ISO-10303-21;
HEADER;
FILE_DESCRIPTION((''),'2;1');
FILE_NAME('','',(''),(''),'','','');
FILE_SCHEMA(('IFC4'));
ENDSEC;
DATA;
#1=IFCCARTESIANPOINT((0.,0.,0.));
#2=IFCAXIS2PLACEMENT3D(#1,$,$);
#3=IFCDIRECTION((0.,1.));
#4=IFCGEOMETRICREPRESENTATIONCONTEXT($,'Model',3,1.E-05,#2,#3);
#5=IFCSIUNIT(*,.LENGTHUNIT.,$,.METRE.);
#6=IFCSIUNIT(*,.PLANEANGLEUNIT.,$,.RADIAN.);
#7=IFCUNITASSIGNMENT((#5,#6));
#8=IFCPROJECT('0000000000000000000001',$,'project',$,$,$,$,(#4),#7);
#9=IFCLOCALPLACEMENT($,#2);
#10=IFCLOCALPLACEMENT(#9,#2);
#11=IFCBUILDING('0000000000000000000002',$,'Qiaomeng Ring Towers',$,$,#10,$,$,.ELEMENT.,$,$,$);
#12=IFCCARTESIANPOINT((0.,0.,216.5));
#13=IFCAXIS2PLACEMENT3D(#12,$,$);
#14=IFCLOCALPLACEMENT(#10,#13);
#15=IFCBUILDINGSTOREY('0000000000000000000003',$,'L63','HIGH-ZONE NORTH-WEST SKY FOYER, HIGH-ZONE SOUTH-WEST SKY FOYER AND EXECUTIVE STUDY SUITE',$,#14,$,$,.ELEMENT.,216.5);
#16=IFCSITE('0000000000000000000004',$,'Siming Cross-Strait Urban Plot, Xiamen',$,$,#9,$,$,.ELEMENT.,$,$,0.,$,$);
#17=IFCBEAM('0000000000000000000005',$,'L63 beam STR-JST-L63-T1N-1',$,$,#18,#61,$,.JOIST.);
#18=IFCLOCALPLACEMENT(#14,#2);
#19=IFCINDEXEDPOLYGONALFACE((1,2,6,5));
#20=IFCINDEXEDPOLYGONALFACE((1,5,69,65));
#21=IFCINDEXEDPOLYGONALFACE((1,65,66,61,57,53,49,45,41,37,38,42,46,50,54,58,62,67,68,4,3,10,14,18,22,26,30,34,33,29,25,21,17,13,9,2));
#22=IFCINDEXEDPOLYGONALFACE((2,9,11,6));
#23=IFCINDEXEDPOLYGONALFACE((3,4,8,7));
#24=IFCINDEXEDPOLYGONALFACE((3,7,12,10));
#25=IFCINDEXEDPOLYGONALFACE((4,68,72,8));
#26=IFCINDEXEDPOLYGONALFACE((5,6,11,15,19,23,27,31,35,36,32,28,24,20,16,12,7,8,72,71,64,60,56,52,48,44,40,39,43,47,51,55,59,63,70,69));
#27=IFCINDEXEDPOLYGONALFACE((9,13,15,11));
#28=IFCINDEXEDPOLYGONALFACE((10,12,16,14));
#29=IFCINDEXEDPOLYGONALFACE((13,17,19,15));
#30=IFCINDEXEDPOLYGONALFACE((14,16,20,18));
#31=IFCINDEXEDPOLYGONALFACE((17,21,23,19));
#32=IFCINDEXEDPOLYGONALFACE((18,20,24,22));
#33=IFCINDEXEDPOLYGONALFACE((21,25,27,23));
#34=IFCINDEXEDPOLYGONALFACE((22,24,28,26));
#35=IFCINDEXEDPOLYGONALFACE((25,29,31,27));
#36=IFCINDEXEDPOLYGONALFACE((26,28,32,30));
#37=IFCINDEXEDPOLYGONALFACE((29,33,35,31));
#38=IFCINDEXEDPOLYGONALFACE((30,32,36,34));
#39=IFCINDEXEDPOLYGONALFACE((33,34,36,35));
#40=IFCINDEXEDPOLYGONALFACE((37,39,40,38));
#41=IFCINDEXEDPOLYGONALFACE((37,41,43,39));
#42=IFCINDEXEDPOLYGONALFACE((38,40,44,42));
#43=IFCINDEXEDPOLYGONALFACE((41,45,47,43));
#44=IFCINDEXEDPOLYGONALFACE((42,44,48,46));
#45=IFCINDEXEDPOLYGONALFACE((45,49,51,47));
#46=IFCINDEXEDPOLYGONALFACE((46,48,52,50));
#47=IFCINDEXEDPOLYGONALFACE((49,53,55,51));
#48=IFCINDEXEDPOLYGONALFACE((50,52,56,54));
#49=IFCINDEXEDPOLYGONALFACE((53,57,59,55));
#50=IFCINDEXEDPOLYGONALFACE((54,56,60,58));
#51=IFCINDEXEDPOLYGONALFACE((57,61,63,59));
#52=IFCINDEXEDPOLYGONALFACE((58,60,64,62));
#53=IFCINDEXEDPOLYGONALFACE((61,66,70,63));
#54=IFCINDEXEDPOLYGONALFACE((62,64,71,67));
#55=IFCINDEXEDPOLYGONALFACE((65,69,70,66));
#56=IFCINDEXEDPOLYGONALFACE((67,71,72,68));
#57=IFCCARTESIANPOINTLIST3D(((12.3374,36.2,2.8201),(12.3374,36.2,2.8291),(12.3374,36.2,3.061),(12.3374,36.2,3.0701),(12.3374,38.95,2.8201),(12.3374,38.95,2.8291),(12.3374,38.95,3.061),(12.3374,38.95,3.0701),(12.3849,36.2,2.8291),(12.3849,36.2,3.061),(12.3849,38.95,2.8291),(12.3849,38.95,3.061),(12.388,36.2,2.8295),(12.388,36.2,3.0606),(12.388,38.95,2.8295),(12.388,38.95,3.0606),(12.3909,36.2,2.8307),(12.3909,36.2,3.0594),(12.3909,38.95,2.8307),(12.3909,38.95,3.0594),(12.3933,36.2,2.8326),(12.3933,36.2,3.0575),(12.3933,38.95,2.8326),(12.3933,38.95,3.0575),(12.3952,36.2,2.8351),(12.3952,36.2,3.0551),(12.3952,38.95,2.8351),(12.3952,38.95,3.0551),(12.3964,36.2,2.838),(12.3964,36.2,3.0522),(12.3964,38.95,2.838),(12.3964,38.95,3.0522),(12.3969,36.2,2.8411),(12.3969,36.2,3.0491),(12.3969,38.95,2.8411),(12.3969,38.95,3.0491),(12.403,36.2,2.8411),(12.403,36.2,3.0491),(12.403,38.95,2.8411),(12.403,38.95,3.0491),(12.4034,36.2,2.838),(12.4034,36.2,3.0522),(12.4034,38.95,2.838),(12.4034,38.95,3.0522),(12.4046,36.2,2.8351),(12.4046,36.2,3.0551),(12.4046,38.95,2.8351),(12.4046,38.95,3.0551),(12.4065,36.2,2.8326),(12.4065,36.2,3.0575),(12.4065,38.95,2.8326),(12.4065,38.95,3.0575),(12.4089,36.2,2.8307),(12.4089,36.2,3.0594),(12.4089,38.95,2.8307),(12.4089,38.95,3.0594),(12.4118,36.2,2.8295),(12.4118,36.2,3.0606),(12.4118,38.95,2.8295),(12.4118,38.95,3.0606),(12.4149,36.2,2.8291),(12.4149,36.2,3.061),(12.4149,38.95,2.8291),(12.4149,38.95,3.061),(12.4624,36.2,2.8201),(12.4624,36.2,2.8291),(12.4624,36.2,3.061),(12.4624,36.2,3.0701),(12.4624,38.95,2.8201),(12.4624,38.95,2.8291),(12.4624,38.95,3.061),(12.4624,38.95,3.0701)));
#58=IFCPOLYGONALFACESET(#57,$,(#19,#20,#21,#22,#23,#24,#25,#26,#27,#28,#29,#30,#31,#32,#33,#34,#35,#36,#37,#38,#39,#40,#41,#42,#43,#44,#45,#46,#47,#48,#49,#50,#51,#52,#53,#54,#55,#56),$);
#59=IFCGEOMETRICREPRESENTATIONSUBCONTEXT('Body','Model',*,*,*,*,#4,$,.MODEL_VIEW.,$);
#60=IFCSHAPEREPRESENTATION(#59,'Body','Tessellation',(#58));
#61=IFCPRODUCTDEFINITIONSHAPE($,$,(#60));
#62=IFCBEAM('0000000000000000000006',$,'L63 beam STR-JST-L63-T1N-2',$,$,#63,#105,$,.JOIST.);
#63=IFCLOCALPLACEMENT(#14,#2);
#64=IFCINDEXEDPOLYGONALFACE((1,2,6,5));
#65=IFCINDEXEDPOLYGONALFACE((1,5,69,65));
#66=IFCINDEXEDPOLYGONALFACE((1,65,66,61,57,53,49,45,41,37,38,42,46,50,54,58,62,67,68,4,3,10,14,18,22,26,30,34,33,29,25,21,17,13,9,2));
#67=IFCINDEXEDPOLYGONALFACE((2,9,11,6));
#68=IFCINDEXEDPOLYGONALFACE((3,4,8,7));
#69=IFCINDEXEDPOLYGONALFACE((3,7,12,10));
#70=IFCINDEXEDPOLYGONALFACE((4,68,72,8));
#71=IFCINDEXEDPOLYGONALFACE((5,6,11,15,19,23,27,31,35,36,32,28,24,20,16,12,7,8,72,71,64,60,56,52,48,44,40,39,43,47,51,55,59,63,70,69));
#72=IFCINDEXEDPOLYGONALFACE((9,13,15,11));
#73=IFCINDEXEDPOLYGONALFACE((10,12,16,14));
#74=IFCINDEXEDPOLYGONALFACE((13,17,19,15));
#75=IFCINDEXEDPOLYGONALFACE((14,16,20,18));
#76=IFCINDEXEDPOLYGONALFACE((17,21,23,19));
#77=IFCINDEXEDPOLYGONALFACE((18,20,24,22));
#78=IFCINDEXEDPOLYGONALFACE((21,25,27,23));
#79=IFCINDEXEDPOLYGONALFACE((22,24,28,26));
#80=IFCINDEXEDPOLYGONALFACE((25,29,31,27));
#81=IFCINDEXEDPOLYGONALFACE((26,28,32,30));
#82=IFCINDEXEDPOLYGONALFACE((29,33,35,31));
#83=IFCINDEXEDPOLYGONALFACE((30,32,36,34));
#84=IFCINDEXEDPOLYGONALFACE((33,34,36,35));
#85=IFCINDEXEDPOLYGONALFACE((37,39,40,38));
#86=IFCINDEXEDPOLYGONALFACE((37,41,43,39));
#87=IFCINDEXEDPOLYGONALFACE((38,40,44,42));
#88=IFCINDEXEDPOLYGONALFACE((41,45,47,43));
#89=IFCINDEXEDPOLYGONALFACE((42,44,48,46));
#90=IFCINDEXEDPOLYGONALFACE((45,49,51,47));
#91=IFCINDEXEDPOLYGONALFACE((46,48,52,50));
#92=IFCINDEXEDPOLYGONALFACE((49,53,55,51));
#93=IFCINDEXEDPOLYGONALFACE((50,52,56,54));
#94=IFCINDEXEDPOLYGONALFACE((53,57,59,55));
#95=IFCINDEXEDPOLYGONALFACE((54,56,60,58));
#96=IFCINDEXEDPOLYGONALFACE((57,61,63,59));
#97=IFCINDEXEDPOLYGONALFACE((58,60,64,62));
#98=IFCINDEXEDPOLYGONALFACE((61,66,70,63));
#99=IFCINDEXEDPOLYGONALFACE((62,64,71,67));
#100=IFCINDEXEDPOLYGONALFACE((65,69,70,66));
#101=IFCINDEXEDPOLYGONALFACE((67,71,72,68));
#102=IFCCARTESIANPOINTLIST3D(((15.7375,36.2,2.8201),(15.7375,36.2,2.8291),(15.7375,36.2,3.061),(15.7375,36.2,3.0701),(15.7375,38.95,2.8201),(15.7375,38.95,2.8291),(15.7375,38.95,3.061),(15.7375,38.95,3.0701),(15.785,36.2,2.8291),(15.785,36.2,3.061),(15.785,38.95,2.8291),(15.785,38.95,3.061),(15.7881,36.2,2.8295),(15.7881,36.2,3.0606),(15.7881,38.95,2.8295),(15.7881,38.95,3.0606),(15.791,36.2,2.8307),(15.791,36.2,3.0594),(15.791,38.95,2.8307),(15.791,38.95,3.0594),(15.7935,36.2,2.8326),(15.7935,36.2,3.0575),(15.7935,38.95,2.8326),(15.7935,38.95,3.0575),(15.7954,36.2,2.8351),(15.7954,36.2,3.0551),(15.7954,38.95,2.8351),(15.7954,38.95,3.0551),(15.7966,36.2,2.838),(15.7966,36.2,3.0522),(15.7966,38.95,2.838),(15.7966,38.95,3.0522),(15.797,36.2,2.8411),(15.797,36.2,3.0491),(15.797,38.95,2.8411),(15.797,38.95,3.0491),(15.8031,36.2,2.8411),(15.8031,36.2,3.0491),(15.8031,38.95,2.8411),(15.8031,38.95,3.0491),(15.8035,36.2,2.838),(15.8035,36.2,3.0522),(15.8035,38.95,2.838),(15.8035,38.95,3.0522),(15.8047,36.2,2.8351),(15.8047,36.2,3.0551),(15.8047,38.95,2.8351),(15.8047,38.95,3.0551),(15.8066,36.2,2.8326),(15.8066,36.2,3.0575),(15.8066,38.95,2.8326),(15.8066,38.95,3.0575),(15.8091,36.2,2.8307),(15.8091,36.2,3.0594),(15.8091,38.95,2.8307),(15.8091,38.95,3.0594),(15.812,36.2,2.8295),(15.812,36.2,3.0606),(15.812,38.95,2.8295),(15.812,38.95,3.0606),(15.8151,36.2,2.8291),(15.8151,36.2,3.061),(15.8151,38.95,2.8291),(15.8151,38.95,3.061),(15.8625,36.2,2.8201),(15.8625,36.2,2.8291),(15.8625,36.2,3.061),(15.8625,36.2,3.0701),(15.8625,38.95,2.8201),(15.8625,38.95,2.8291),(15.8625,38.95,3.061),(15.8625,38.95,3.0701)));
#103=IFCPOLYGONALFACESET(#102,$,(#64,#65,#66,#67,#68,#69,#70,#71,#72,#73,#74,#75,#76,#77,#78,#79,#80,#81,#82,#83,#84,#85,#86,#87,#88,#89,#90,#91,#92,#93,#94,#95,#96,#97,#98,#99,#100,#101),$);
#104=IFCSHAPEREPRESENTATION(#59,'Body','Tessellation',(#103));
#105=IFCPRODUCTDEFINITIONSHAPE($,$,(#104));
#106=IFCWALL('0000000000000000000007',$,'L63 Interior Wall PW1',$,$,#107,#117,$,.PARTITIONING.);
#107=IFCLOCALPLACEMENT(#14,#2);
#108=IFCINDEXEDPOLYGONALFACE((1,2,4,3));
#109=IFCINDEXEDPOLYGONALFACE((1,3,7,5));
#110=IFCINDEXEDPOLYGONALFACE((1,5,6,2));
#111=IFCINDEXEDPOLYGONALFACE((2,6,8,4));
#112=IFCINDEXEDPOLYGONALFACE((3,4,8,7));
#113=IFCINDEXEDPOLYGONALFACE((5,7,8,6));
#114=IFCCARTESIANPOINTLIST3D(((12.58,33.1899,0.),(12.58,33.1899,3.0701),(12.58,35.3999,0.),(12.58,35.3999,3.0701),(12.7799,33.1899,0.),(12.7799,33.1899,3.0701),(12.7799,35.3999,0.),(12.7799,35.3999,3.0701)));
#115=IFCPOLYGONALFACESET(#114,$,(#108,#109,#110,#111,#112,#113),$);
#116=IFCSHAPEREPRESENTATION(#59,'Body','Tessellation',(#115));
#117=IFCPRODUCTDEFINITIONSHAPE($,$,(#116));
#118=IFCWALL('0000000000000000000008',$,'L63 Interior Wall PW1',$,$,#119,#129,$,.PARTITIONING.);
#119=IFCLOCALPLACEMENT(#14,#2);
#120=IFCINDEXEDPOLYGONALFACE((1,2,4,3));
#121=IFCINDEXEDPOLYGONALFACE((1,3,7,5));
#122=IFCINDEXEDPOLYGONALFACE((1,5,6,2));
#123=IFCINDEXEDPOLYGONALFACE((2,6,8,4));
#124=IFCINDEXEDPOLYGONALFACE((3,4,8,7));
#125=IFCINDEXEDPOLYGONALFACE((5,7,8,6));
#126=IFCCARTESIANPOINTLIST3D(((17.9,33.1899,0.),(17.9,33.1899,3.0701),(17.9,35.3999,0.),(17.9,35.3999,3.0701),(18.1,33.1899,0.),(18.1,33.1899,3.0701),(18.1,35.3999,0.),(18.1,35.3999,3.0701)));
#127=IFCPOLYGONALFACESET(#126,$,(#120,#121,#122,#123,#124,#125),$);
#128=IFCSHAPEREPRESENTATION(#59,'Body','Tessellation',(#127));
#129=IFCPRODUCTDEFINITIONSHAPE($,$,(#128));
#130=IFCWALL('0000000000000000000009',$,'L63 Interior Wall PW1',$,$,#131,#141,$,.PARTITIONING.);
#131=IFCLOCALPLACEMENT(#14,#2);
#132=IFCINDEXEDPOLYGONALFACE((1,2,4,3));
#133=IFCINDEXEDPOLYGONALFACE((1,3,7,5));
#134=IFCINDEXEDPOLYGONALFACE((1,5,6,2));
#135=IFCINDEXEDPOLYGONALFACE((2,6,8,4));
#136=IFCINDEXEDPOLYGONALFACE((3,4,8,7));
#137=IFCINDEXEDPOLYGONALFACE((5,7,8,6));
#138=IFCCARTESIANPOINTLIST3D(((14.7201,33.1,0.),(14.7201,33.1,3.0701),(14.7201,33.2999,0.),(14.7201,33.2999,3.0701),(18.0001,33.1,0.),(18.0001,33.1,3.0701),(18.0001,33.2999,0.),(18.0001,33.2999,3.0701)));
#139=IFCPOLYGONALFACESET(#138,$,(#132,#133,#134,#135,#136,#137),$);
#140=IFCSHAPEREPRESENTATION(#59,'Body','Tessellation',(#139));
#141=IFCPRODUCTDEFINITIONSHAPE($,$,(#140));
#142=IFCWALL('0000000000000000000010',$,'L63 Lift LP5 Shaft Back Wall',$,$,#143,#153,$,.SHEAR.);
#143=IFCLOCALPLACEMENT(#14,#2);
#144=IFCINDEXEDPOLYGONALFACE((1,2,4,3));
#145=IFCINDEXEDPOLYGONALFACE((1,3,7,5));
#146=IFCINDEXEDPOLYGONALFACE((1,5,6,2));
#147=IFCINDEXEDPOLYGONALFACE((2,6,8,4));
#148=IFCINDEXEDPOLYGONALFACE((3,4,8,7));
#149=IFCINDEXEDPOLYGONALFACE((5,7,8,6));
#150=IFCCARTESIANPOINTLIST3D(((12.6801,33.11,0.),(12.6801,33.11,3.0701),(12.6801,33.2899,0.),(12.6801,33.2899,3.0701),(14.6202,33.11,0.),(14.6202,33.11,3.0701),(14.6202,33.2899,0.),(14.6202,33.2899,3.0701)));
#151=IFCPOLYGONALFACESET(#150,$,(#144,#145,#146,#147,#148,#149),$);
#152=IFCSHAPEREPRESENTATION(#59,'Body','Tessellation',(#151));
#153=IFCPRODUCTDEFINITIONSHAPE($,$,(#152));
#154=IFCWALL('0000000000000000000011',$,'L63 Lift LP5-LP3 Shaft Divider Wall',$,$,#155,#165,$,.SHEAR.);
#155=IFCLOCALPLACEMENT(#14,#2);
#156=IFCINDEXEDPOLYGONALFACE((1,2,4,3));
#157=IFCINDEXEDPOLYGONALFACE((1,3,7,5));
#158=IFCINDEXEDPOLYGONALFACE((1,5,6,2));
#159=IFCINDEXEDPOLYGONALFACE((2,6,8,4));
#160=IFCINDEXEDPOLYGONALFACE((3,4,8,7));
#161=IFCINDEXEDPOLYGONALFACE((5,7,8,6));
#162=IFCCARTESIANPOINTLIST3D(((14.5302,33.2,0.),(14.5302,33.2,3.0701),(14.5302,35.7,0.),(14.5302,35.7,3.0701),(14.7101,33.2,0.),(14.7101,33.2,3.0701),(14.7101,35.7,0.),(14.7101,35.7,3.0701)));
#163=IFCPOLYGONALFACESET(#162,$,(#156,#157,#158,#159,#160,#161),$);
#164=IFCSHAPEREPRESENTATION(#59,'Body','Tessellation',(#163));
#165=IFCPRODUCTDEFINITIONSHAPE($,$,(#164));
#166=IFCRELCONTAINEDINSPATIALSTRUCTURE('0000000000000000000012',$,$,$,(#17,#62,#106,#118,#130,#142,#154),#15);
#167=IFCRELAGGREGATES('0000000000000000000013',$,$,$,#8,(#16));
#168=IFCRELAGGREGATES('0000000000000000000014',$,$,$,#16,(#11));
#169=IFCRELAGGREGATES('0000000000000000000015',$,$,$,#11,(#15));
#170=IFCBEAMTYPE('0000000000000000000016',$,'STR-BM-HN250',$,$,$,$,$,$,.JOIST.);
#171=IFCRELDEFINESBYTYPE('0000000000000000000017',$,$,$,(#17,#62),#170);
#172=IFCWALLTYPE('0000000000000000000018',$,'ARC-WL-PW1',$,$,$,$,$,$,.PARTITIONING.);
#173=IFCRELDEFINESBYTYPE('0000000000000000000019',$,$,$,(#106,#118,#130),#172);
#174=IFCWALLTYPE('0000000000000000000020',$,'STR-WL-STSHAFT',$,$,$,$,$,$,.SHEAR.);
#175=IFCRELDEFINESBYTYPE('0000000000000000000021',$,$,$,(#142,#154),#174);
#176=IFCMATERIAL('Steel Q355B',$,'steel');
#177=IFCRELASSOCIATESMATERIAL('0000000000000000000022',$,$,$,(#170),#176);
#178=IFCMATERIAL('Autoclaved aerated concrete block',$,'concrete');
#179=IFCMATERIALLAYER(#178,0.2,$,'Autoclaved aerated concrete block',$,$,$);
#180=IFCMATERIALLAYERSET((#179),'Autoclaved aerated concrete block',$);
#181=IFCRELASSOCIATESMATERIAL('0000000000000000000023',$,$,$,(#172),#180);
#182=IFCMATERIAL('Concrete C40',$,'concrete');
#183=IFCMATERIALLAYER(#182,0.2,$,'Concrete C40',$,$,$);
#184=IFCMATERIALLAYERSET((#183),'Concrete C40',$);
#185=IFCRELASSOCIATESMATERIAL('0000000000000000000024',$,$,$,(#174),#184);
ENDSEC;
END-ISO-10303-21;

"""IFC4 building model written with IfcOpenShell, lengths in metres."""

from ifc_helpers import new_model, si_unit, direction, frame, frame_2d, origin, origin_2d, place, context, subcontext, project, spatial, rectangle, i_section, extrude, source, transform, mapped, material, layer, layer_set, material_profile, profile_set, type_object, element, save


model = new_model("IFC4")

# Units and contexts
model_context = context("Model", 3, precision=1e-05, world=origin(), true_north=direction((0.0, 1.0)))
body_context = subcontext(model_context, "Body", "Model", "MODEL_VIEW")
ifc_project = project(units=[si_unit("LENGTHUNIT", "METRE"), si_unit("PLANEANGLEUNIT", "RADIAN")], contexts=[model_context])

# Site, building, storey
site_placement = place(None, origin())
site = spatial("IfcSite", under=ifc_project, at=site_placement, Name="Siming Cross-Strait Urban Plot, Xiamen", CompositionType="ELEMENT", RefElevation=0.0)
building_placement = place(site_placement, origin())
building = spatial("IfcBuilding", under=site, at=building_placement, Name="Qiaomeng Ring Towers", CompositionType="ELEMENT")
storey_placement = place(building_placement, frame((0.0, 0.0, 216.5)))
storey = spatial("IfcBuildingStorey", under=building, at=storey_placement, Name="L63", Description="HIGH-ZONE NORTH-WEST SKY FOYER, HIGH-ZONE SOUTH-WEST SKY FOYER AND EXECUTIVE STUDY SUITE", CompositionType="ELEMENT", Elevation=216.5)

# Beams
ifc_material_1 = material(Name="Steel Q355B", Category="steel")
ifc_material_profile_1 = material_profile(ifc_material_1, i_section(OverallWidth=0.125, OverallDepth=0.25, WebThickness=0.0061, FlangeThickness=0.009, FilletRadius=0.012, at=origin_2d()), Name="HN 250x125x6x9")
ifc_profile_set_1 = profile_set([ifc_material_profile_1], Name="Steel Q355B")
beam_type = type_object("IfcBeamType", Name="STR-BM-HN250", PredefinedType="JOIST", material=ifc_profile_set_1)
shared_shape_1 = source(origin(), body_context, "Body", "SweptSolid", [
    extrude(i_section(OverallWidth=0.125, OverallDepth=0.25, WebThickness=0.0061, FlangeThickness=0.009, FilletRadius=0.012, at=origin_2d()), origin(), (0.0, 0.0, 1.0), 2.75),
])
for number, where, z_axis, x_axis, name in (
    (1, (12.3999, 36.2, 2.9451), (0.0, 1.0, 0.0), (-1.0, 0.0, 0.0), "L63 beam STR-JST-L63-T1N-1"),
    (2, (15.8, 36.2, 2.9451), (0.0, 1.0, 0.0), (-1.0, 0.0, 0.0), "L63 beam STR-JST-L63-T1N-2"),
):
    element("IfcBeam", number, at=place(storey_placement, frame(where, z_axis=z_axis, x_axis=x_axis)), inside=storey, type_object=beam_type, Name=name, PredefinedType="JOIST", context=body_context, shape_type="MappedRepresentation", body=[
        mapped(shared_shape_1, transform((0.0, 0.0, 0.0), x_axis=(1.0, 0.0, 0.0), y_axis=(0.0, 1.0, 0.0), z_axis=(0.0, 0.0, 1.0), scale=1.0)),
    ])

# Walls
ifc_material_2 = material(Name="Autoclaved aerated concrete block", Category="concrete")
ifc_layer_1 = layer(ifc_material_2, 0.2, Name="Autoclaved aerated concrete block")
ifc_layer_set_1 = layer_set([ifc_layer_1], Name="Autoclaved aerated concrete block")
wall_type_1 = type_object("IfcWallType", Name="ARC-WL-PW1", PredefinedType="PARTITIONING", material=ifc_layer_set_1)
for number, where, z_axis, x_axis, name in (
    (3, (12.6799, 33.1899, 0.0), (0.0, 0.0, 1.0), (0.0, 1.0, 0.0), "L63 Interior Wall PW1"),
    (4, (18.0, 33.1899, 0.0), (0.0, 0.0, 1.0), (0.0, 1.0, 0.0), "L63 Interior Wall PW1"),
):
    element("IfcWall", number, at=place(storey_placement, frame(where, z_axis=z_axis, x_axis=x_axis)), inside=storey, type_object=wall_type_1, Name=name, PredefinedType="PARTITIONING", context=body_context, shape_type="SweptSolid", body=[
        extrude(rectangle(XDim=2.21, YDim=0.2, at=frame_2d((1.105, 0.0))), origin(), (0.0, 0.0, 1.0), 3.0701),
    ])
wall_1_placement = place(storey_placement, frame((14.72, 33.2, 0.0), z_axis=(0.0, 0.0, 1.0), x_axis=(1.0, 0.0, 0.0)))
element("IfcWall", 5, at=wall_1_placement, inside=storey, type_object=wall_type_1, Name="L63 Interior Wall PW1", PredefinedType="PARTITIONING", context=body_context, shape_type="SweptSolid", body=[
    extrude(rectangle(XDim=3.28, YDim=0.2, at=frame_2d((1.6401, 0.0))), origin(), (0.0, 0.0, 1.0), 3.0701),
])
ifc_material_3 = material(Name="Concrete C40", Category="concrete")
ifc_layer_2 = layer(ifc_material_3, 0.2, Name="Concrete C40")
ifc_layer_set_2 = layer_set([ifc_layer_2], Name="Concrete C40")
wall_type_2 = type_object("IfcWallType", Name="STR-WL-STSHAFT", PredefinedType="SHEAR", material=ifc_layer_set_2)
wall_2_placement = place(storey_placement, frame((12.6799, 33.2, 0.0), z_axis=(0.0, 0.0, 1.0), x_axis=(1.0, 0.0, 0.0)))
element("IfcWall", 6, at=wall_2_placement, inside=storey, type_object=wall_type_2, Name="L63 Lift LP5 Shaft Back Wall", PredefinedType="SHEAR", context=body_context, shape_type="SweptSolid", body=[
    extrude(rectangle(XDim=1.9402, YDim=0.1799, at=frame_2d((0.9702, 0.0))), origin(), (0.0, 0.0, 1.0), 3.0701),
])
wall_3_placement = place(storey_placement, frame((14.6201, 33.2, 0.0), z_axis=(0.0, 0.0, 1.0), x_axis=(0.0, 1.0, 0.0)))
element("IfcWall", 7, at=wall_3_placement, inside=storey, type_object=wall_type_2, Name="L63 Lift LP5-LP3 Shaft Divider Wall", PredefinedType="SHEAR", context=body_context, shape_type="SweptSolid", body=[
    extrude(rectangle(XDim=2.5, YDim=0.1799, at=frame_2d((1.25, 0.0))), origin(), (0.0, 0.0, 1.0), 3.0701),
])

save(model, "model.ifc")
